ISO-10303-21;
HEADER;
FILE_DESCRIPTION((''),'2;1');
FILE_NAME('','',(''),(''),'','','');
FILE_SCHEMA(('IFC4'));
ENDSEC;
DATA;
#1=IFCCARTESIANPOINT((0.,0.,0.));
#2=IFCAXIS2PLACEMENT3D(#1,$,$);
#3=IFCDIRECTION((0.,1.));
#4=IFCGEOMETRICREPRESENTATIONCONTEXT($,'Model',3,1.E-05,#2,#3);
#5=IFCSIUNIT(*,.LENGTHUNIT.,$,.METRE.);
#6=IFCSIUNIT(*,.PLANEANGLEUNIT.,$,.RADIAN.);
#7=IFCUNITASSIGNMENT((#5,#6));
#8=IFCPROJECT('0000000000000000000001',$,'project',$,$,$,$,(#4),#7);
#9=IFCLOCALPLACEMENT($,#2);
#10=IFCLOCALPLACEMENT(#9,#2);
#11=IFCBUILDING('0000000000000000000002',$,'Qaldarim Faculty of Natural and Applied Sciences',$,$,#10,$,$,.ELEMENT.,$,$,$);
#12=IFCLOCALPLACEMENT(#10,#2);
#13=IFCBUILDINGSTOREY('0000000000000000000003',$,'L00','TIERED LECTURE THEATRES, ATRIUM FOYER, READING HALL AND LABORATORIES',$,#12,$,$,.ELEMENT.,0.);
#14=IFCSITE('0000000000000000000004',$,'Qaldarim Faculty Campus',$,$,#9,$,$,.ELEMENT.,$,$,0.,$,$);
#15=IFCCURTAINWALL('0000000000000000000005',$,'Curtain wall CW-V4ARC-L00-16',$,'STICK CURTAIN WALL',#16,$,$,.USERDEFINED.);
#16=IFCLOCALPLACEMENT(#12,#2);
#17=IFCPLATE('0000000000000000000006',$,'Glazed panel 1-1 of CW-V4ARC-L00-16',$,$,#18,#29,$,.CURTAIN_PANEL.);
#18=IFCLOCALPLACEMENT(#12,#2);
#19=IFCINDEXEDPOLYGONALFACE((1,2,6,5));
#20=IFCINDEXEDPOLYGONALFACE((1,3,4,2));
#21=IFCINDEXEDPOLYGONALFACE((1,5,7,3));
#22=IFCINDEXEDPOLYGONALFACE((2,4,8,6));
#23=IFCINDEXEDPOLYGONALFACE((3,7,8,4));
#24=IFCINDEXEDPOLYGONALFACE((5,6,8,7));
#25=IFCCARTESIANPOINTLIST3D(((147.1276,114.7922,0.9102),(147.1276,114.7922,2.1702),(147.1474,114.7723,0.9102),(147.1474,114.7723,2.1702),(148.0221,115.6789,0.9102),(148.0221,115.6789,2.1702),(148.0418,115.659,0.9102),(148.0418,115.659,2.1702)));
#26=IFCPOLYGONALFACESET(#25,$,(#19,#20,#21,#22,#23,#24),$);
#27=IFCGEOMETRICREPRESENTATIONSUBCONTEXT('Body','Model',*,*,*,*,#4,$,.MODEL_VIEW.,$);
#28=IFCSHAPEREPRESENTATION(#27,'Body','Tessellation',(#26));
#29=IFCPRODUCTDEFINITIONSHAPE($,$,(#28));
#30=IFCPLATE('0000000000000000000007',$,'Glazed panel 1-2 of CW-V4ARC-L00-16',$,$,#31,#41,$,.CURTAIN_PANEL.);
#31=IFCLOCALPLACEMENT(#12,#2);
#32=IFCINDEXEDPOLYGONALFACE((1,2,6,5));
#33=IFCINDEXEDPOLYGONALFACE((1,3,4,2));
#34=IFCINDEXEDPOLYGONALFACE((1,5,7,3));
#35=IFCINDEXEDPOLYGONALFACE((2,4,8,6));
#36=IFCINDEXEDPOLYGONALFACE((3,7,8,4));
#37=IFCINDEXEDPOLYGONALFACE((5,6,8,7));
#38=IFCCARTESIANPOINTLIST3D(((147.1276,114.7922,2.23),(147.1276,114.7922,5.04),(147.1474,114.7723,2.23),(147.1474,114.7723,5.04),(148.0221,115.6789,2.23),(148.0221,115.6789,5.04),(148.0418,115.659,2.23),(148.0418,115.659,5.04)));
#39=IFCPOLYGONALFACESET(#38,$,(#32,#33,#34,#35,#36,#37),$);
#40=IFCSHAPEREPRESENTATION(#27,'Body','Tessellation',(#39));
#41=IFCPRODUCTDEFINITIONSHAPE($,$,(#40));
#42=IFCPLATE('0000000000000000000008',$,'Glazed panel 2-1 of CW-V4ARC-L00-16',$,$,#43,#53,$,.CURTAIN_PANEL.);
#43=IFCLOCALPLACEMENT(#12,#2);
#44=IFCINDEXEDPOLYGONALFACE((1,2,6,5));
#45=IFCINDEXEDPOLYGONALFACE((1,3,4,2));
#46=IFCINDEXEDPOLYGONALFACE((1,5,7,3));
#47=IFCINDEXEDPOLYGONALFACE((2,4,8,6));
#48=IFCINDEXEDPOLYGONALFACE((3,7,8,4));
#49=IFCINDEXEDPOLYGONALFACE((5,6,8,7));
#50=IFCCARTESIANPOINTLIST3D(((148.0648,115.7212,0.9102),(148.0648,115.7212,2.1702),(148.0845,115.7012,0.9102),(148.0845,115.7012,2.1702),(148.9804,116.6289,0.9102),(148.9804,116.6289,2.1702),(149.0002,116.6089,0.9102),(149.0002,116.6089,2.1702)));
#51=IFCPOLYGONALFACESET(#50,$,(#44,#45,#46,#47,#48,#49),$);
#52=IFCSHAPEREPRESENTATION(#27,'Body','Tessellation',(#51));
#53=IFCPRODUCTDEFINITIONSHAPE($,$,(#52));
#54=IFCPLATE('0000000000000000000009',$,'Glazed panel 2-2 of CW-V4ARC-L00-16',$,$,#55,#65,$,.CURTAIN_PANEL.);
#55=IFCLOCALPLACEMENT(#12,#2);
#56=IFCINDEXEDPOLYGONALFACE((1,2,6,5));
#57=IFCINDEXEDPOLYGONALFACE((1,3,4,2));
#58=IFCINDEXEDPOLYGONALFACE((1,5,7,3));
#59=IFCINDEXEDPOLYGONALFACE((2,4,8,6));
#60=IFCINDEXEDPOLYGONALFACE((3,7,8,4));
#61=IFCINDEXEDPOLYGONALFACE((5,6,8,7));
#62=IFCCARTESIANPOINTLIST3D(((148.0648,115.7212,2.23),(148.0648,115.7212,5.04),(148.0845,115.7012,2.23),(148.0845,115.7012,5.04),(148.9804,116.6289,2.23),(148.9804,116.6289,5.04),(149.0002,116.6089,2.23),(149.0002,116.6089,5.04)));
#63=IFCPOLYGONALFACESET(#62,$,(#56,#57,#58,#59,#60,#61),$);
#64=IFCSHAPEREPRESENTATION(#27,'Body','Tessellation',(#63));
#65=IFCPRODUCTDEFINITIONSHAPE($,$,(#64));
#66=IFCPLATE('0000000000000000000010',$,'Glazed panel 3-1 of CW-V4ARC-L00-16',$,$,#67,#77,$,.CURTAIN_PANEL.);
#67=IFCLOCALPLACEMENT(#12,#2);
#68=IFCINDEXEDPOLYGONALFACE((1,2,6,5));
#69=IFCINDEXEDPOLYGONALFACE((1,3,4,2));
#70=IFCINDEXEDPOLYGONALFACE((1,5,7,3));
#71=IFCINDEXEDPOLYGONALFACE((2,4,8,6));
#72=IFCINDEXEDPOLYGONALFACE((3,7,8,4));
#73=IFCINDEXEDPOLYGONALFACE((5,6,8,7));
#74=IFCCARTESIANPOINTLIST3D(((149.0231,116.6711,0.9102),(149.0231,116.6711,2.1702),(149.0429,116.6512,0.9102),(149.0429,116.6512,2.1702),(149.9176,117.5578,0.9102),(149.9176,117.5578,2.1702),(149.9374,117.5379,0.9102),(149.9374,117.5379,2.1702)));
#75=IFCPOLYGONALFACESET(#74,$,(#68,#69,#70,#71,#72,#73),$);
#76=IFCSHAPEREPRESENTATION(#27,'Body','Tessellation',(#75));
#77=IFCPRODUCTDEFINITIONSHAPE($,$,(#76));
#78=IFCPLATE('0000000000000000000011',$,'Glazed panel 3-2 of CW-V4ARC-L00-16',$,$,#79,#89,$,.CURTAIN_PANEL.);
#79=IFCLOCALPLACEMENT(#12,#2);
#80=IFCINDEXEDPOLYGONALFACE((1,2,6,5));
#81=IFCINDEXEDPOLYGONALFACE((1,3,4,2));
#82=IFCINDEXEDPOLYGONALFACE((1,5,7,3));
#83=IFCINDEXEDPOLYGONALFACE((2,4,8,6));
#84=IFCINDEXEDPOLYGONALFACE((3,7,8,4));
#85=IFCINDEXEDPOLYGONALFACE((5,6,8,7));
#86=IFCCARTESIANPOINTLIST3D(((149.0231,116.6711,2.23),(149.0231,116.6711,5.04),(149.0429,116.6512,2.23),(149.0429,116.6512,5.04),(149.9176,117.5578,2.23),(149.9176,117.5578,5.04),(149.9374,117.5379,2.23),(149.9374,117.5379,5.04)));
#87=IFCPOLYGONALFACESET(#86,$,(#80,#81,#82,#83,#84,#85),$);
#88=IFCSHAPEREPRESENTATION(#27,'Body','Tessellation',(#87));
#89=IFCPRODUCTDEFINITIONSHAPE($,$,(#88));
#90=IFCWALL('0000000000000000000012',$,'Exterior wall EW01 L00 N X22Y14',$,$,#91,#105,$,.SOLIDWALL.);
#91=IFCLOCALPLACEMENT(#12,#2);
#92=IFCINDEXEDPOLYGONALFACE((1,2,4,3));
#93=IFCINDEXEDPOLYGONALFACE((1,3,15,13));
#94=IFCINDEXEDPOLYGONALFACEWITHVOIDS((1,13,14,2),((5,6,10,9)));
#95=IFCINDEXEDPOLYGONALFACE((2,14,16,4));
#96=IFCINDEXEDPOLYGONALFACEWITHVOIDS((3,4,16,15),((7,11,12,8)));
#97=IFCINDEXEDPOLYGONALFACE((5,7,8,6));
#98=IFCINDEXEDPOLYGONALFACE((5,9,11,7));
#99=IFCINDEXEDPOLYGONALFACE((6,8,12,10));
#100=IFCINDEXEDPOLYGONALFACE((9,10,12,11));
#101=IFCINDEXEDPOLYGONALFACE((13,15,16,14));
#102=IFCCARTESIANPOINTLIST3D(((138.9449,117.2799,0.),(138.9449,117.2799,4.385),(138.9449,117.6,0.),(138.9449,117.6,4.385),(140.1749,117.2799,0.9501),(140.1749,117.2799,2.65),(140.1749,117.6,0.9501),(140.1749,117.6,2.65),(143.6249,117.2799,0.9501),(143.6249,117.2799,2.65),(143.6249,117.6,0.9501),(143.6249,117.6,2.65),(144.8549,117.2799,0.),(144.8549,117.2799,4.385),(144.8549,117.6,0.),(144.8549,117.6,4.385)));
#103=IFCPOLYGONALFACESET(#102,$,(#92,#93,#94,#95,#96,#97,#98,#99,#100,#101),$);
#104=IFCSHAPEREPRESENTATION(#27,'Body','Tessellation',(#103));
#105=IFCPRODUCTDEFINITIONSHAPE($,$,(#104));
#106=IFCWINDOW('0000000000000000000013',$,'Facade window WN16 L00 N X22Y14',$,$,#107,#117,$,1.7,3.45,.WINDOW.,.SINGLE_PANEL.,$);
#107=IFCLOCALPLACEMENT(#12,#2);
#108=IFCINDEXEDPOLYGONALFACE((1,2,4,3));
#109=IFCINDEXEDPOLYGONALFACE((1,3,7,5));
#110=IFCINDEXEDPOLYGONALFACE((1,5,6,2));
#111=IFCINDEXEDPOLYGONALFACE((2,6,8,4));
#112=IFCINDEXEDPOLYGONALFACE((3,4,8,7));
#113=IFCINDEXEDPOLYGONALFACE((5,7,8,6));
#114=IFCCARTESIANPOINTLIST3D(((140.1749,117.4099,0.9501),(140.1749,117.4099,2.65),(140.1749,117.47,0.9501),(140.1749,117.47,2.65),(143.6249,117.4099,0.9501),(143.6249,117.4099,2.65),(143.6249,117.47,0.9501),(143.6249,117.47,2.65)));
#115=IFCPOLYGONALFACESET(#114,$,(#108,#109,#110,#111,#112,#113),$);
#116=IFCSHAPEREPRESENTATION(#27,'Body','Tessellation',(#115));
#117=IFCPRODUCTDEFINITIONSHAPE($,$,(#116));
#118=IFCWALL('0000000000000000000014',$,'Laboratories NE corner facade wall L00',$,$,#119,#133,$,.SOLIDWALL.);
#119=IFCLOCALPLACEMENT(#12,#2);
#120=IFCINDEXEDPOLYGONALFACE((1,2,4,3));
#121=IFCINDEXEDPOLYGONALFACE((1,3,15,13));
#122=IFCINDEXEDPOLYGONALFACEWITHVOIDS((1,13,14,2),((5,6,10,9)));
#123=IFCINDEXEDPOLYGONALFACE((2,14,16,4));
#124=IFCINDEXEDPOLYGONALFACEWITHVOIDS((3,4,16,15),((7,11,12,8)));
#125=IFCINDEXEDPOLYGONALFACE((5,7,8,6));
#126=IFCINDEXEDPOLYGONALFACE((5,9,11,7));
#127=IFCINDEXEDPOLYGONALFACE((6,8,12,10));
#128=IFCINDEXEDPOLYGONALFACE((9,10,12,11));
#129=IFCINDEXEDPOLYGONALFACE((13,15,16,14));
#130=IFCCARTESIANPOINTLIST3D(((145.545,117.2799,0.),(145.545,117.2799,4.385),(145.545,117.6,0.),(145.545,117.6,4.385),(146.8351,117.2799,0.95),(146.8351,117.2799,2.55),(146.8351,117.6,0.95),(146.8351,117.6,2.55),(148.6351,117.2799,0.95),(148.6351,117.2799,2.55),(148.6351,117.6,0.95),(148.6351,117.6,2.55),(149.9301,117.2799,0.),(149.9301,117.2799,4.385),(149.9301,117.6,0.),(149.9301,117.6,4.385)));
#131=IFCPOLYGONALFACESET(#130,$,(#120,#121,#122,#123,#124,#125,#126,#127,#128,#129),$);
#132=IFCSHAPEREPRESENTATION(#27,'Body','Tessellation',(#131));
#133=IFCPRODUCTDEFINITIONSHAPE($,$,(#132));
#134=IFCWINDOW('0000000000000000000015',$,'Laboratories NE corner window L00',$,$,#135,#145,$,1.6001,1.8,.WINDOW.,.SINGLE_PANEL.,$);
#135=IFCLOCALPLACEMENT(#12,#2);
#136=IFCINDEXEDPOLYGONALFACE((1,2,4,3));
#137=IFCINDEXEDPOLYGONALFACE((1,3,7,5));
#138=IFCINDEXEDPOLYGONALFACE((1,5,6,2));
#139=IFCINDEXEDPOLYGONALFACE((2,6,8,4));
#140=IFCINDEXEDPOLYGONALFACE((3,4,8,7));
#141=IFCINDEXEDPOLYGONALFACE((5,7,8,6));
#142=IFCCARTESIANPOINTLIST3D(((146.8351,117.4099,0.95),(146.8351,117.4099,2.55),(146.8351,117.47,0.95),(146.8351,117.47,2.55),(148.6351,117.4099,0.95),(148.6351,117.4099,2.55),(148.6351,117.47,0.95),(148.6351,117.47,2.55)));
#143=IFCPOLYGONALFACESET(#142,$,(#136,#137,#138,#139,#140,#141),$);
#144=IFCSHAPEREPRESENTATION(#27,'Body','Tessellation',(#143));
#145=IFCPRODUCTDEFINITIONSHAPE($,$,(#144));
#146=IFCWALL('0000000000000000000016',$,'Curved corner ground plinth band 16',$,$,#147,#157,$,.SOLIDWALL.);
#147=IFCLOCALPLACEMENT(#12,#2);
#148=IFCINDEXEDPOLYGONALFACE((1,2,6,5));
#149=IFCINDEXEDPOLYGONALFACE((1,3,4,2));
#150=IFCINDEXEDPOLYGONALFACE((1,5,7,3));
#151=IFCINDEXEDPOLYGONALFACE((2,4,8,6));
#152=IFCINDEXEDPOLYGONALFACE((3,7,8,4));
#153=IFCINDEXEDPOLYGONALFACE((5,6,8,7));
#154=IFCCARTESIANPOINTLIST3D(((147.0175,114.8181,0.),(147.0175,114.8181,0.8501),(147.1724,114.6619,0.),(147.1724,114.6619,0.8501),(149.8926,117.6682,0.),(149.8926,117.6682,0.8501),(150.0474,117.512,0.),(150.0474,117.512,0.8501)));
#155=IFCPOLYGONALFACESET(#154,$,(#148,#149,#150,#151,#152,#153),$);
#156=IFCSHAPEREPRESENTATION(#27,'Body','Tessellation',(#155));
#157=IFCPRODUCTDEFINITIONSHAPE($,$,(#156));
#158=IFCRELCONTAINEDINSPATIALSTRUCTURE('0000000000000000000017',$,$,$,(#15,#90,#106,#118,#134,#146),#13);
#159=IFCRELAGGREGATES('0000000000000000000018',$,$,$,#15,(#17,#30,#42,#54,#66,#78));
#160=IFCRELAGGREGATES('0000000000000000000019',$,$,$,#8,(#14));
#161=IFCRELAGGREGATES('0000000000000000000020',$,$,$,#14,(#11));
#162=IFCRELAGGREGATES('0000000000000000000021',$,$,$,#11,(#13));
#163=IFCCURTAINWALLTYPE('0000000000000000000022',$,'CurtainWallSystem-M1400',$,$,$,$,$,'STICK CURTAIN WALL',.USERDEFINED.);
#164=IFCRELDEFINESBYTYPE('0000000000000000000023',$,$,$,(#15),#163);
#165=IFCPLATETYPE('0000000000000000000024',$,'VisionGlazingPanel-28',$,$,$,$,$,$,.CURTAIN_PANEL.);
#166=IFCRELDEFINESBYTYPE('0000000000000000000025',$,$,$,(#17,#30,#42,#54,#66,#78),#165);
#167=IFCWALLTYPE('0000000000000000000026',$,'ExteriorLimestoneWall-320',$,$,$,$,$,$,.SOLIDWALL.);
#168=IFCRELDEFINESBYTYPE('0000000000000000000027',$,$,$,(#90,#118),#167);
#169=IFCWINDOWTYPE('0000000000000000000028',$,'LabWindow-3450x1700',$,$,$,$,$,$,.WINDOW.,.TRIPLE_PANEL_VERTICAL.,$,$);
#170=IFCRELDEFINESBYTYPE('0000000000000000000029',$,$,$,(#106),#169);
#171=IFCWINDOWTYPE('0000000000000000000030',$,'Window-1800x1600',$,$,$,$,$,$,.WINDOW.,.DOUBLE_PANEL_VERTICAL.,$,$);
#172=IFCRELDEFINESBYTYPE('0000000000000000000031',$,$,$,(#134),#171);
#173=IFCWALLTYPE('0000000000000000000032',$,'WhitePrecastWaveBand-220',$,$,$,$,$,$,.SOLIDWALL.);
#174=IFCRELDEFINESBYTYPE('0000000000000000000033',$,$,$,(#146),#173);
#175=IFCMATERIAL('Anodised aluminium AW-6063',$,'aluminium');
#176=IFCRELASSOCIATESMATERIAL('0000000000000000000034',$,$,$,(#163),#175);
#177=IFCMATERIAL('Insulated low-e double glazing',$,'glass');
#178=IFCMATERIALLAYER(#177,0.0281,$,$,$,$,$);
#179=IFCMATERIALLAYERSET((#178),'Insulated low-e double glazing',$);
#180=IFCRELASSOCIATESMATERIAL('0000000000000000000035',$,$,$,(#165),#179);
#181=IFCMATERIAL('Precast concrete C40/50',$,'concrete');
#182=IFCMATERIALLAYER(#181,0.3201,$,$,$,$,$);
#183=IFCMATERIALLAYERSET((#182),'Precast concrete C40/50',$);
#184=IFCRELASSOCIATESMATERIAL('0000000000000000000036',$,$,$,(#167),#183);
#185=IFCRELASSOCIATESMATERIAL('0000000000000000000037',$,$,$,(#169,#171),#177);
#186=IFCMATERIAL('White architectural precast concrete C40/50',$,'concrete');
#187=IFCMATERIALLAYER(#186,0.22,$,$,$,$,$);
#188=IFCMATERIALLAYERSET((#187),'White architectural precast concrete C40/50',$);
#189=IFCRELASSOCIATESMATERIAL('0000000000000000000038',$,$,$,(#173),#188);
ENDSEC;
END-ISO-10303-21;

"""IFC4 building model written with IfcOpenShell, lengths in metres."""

from ifc_helpers import new_model, si_unit, direction, frame, frame_2d, origin, origin_2d, place, context, subcontext, project, spatial, rectangle, extrude, material, layer, layer_set, type_object, element, fill, aggregate, save


model = new_model("IFC4")

# Units and contexts
model_context = context("Model", 3, precision=1e-05, world=origin(), true_north=direction((0.0, 1.0)))
body_context = subcontext(model_context, "Body", "Model", "MODEL_VIEW")
ifc_project = project(units=[si_unit("LENGTHUNIT", "METRE"), si_unit("PLANEANGLEUNIT", "RADIAN")], contexts=[model_context])

# Site, building, storey
site_placement = place(None, origin())
site = spatial("IfcSite", under=ifc_project, at=site_placement, Name="Qaldarim Faculty Campus", CompositionType="ELEMENT", RefElevation=0.0)
building_placement = place(site_placement, origin())
building = spatial("IfcBuilding", under=site, at=building_placement, Name="Qaldarim Faculty of Natural and Applied Sciences", CompositionType="ELEMENT")
storey_placement = place(building_placement, origin())
storey = spatial("IfcBuildingStorey", under=building, at=storey_placement, Name="L00", Description="TIERED LECTURE THEATRES, ATRIUM FOYER, READING HALL AND LABORATORIES", CompositionType="ELEMENT", Elevation=0.0)

# Curtain wall
ifc_material_1 = material(Name="Anodised aluminium AW-6063", Category="aluminium")
curtain_wall_type = type_object("IfcCurtainWallType", Name="CurtainWallSystem-M1400", ElementType="STICK CURTAIN WALL", PredefinedType="USERDEFINED", material=ifc_material_1)
curtain_wall_1_placement = place(storey_placement, origin())
curtain_wall_1 = element("IfcCurtainWall", 1, at=curtain_wall_1_placement, inside=storey, type_object=curtain_wall_type, Name="Curtain wall CW-V4ARC-L00-16", ObjectType="STICK CURTAIN WALL", PredefinedType="USERDEFINED")

# Plates
ifc_material_2 = material(Name="Insulated low-e double glazing", Category="glass")
ifc_layer_1 = layer(ifc_material_2, 0.0281)
ifc_layer_set_1 = layer_set([ifc_layer_1], Name="Insulated low-e double glazing")
plate_type = type_object("IfcPlateType", Name="VisionGlazingPanel-28", PredefinedType="CURTAIN_PANEL", material=ifc_layer_set_1)
plate_1_placement = place(storey_placement, frame((147.5847, 115.2256, 0.9102), z_axis=(0.0, 0.0, 1.0), x_axis=(0.710185, 0.704015, 0.0)))
plate_1 = element("IfcPlate", 2, at=plate_1_placement, type_object=plate_type, Name="Glazed panel 1-1 of CW-V4ARC-L00-16", PredefinedType="CURTAIN_PANEL", context=body_context, shape_type="SweptSolid", body=[
    extrude(rectangle(XDim=1.2595, YDim=0.0281, at=origin_2d()), origin(), (0.0, 0.0, 1.0), 1.26),
])
plate_2_placement = place(storey_placement, frame((147.5847, 115.2256, 2.23), z_axis=(0.0, 0.0, 1.0), x_axis=(0.710185, 0.704015, 0.0)))
plate_2 = element("IfcPlate", 3, at=plate_2_placement, type_object=plate_type, Name="Glazed panel 1-2 of CW-V4ARC-L00-16", PredefinedType="CURTAIN_PANEL", context=body_context, shape_type="SweptSolid", body=[
    extrude(rectangle(XDim=1.2595, YDim=0.0281, at=origin_2d()), origin(), (0.0, 0.0, 1.0), 2.8101),
])
plate_3_placement = place(storey_placement, frame((148.5325, 116.165, 0.9102), z_axis=(0.0, 0.0, 1.0), x_axis=(0.710185, 0.704015, 0.0)))
plate_3 = element("IfcPlate", 4, at=plate_3_placement, type_object=plate_type, Name="Glazed panel 2-1 of CW-V4ARC-L00-16", PredefinedType="CURTAIN_PANEL", context=body_context, shape_type="SweptSolid", body=[
    extrude(rectangle(XDim=1.2893, YDim=0.0281, at=origin_2d()), origin(), (0.0, 0.0, 1.0), 1.26),
])
plate_4_placement = place(storey_placement, frame((148.5325, 116.165, 2.23), z_axis=(0.0, 0.0, 1.0), x_axis=(0.710185, 0.704015, 0.0)))
plate_4 = element("IfcPlate", 5, at=plate_4_placement, type_object=plate_type, Name="Glazed panel 2-2 of CW-V4ARC-L00-16", PredefinedType="CURTAIN_PANEL", context=body_context, shape_type="SweptSolid", body=[
    extrude(rectangle(XDim=1.2893, YDim=0.0281, at=origin_2d()), origin(), (0.0, 0.0, 1.0), 2.8101),
])
plate_5_placement = place(storey_placement, frame((149.4802, 117.1045, 0.9102), z_axis=(0.0, 0.0, 1.0), x_axis=(0.710185, 0.704015, 0.0)))
plate_5 = element("IfcPlate", 6, at=plate_5_placement, type_object=plate_type, Name="Glazed panel 3-1 of CW-V4ARC-L00-16", PredefinedType="CURTAIN_PANEL", context=body_context, shape_type="SweptSolid", body=[
    extrude(rectangle(XDim=1.2595, YDim=0.0281, at=origin_2d()), origin(), (0.0, 0.0, 1.0), 1.26),
])
plate_6_placement = place(storey_placement, frame((149.4802, 117.1045, 2.23), z_axis=(0.0, 0.0, 1.0), x_axis=(0.710185, 0.704015, 0.0)))
plate_6 = element("IfcPlate", 7, at=plate_6_placement, type_object=plate_type, Name="Glazed panel 3-2 of CW-V4ARC-L00-16", PredefinedType="CURTAIN_PANEL", context=body_context, shape_type="SweptSolid", body=[
    extrude(rectangle(XDim=1.2595, YDim=0.0281, at=origin_2d()), origin(), (0.0, 0.0, 1.0), 2.8101),
])
aggregate(curtain_wall_1, [plate_1, plate_2, plate_3, plate_4, plate_5, plate_6])

# Walls, openings, windows
ifc_material_3 = material(Name="Precast concrete C40/50", Category="concrete")
ifc_layer_2 = layer(ifc_material_3, 0.3201)
ifc_layer_set_2 = layer_set([ifc_layer_2], Name="Precast concrete C40/50")
wall_type_1 = type_object("IfcWallType", Name="ExteriorLimestoneWall-320", PredefinedType="SOLIDWALL", material=ifc_layer_set_2)
wall_1_placement = place(storey_placement, frame((144.855, 117.4399, 0.0), z_axis=(0.0, 0.0, 1.0), x_axis=(-1.0, 0.0, 0.0)))
wall_1 = element("IfcWall", 8, at=wall_1_placement, inside=storey, type_object=wall_type_1, Name="Exterior wall EW01 L00 N X22Y14", PredefinedType="SOLIDWALL", context=body_context, shape_type="SweptSolid", body=[
    extrude(rectangle(XDim=5.9099, YDim=0.3201, at=frame_2d((2.9551, 0.0))), origin(), (0.0, 0.0, 1.0), 4.385),
])
opening_1_placement = place(wall_1_placement, frame((1.23, 0.0, 0.95)))
opening_1 = element("IfcOpeningElement", 9, at=opening_1_placement, cuts=wall_1, PredefinedType="OPENING", context=body_context, shape_type="SweptSolid", body=[
    extrude(rectangle(XDim=3.45, YDim=1.7, at=frame_2d((1.7251, 0.8501))), frame((0.0, 0.1699, 0.0), z_axis=(0.0, -1.0, 0.0), x_axis=(1.0, 0.0, 0.0)), (0.0, 0.0, 1.0), 0.3401),
])
window_type_1 = type_object("IfcWindowType", Name="LabWindow-3450x1700", PartitioningType="TRIPLE_PANEL_VERTICAL", PredefinedType="WINDOW", material=ifc_material_2)
window_1_placement = place(opening_1_placement, origin())
window_1 = element("IfcWindow", 10, at=window_1_placement, inside=storey, type_object=window_type_1, Name="Facade window WN16 L00 N X22Y14", OverallHeight=1.7, OverallWidth=3.45, PartitioningType="SINGLE_PANEL", PredefinedType="WINDOW", context=body_context, shape_type="SweptSolid", body=[
    extrude(rectangle(XDim=3.45, YDim=1.7, at=frame_2d((1.7251, 0.8501))), frame((0.0, 0.03, 0.0), z_axis=(0.0, -1.0, 0.0), x_axis=(1.0, 0.0, 0.0)), (0.0, 0.0, 1.0), 0.0601),
])
fill(opening_1, window_1)
wall_2_placement = place(storey_placement, frame((149.9299, 117.4399, 0.0), z_axis=(0.0, 0.0, 1.0), x_axis=(-1.0, 0.0, 0.0)))
wall_2 = element("IfcWall", 11, at=wall_2_placement, inside=storey, type_object=wall_type_1, Name="Laboratories NE corner facade wall L00", PredefinedType="SOLIDWALL", context=body_context, shape_type="SweptSolid", body=[
    extrude(rectangle(XDim=4.385, YDim=0.3201, at=frame_2d((2.1924, 0.0))), origin(), (0.0, 0.0, 1.0), 4.385),
])
opening_2_placement = place(wall_2_placement, frame((1.2949, 0.0, 0.95)))
opening_2 = element("IfcOpeningElement", 12, at=opening_2_placement, cuts=wall_2, PredefinedType="OPENING", context=body_context, shape_type="SweptSolid", body=[
    extrude(rectangle(XDim=1.8, YDim=1.6001, at=frame_2d((0.8999, 0.8))), frame((0.0, 0.1699, 0.0), z_axis=(0.0, -1.0, 0.0), x_axis=(1.0, 0.0, 0.0)), (0.0, 0.0, 1.0), 0.3401),
])
window_type_2 = type_object("IfcWindowType", Name="Window-1800x1600", PartitioningType="DOUBLE_PANEL_VERTICAL", PredefinedType="WINDOW", material=ifc_material_2)
window_2_placement = place(opening_2_placement, origin())
window_2 = element("IfcWindow", 13, at=window_2_placement, inside=storey, type_object=window_type_2, Name="Laboratories NE corner window L00", OverallHeight=1.6001, OverallWidth=1.8, PartitioningType="SINGLE_PANEL", PredefinedType="WINDOW", context=body_context, shape_type="SweptSolid", body=[
    extrude(rectangle(XDim=1.8, YDim=1.6001, at=frame_2d((0.8999, 0.8))), frame((0.0, 0.03, 0.0), z_axis=(0.0, -1.0, 0.0), x_axis=(1.0, 0.0, 0.0)), (0.0, 0.0, 1.0), 0.0601),
])
fill(opening_2, window_2)

# Wall
ifc_material_4 = material(Name="White architectural precast concrete C40/50", Category="concrete")
ifc_layer_3 = layer(ifc_material_4, 0.22)
ifc_layer_set_3 = layer_set([ifc_layer_3], Name="White architectural precast concrete C40/50")
wall_type_2 = type_object("IfcWallType", Name="WhitePrecastWaveBand-220", PredefinedType="SOLIDWALL", material=ifc_layer_set_3)
wall_3_placement = place(storey_placement, frame((147.095, 114.74, 0.0), z_axis=(0.0, 0.0, 1.0), x_axis=(0.710176, 0.704024, 0.0)))
element("IfcWall", 14, at=wall_3_placement, inside=storey, type_object=wall_type_2, Name="Curved corner ground plinth band 16", PredefinedType="SOLIDWALL", context=body_context, shape_type="SweptSolid", body=[
    extrude(rectangle(XDim=4.0483, YDim=0.22, at=frame_2d((2.0242, 0.0))), origin(), (0.0, 0.0, 1.0), 0.8501),
])

save(model, "model.ifc")
